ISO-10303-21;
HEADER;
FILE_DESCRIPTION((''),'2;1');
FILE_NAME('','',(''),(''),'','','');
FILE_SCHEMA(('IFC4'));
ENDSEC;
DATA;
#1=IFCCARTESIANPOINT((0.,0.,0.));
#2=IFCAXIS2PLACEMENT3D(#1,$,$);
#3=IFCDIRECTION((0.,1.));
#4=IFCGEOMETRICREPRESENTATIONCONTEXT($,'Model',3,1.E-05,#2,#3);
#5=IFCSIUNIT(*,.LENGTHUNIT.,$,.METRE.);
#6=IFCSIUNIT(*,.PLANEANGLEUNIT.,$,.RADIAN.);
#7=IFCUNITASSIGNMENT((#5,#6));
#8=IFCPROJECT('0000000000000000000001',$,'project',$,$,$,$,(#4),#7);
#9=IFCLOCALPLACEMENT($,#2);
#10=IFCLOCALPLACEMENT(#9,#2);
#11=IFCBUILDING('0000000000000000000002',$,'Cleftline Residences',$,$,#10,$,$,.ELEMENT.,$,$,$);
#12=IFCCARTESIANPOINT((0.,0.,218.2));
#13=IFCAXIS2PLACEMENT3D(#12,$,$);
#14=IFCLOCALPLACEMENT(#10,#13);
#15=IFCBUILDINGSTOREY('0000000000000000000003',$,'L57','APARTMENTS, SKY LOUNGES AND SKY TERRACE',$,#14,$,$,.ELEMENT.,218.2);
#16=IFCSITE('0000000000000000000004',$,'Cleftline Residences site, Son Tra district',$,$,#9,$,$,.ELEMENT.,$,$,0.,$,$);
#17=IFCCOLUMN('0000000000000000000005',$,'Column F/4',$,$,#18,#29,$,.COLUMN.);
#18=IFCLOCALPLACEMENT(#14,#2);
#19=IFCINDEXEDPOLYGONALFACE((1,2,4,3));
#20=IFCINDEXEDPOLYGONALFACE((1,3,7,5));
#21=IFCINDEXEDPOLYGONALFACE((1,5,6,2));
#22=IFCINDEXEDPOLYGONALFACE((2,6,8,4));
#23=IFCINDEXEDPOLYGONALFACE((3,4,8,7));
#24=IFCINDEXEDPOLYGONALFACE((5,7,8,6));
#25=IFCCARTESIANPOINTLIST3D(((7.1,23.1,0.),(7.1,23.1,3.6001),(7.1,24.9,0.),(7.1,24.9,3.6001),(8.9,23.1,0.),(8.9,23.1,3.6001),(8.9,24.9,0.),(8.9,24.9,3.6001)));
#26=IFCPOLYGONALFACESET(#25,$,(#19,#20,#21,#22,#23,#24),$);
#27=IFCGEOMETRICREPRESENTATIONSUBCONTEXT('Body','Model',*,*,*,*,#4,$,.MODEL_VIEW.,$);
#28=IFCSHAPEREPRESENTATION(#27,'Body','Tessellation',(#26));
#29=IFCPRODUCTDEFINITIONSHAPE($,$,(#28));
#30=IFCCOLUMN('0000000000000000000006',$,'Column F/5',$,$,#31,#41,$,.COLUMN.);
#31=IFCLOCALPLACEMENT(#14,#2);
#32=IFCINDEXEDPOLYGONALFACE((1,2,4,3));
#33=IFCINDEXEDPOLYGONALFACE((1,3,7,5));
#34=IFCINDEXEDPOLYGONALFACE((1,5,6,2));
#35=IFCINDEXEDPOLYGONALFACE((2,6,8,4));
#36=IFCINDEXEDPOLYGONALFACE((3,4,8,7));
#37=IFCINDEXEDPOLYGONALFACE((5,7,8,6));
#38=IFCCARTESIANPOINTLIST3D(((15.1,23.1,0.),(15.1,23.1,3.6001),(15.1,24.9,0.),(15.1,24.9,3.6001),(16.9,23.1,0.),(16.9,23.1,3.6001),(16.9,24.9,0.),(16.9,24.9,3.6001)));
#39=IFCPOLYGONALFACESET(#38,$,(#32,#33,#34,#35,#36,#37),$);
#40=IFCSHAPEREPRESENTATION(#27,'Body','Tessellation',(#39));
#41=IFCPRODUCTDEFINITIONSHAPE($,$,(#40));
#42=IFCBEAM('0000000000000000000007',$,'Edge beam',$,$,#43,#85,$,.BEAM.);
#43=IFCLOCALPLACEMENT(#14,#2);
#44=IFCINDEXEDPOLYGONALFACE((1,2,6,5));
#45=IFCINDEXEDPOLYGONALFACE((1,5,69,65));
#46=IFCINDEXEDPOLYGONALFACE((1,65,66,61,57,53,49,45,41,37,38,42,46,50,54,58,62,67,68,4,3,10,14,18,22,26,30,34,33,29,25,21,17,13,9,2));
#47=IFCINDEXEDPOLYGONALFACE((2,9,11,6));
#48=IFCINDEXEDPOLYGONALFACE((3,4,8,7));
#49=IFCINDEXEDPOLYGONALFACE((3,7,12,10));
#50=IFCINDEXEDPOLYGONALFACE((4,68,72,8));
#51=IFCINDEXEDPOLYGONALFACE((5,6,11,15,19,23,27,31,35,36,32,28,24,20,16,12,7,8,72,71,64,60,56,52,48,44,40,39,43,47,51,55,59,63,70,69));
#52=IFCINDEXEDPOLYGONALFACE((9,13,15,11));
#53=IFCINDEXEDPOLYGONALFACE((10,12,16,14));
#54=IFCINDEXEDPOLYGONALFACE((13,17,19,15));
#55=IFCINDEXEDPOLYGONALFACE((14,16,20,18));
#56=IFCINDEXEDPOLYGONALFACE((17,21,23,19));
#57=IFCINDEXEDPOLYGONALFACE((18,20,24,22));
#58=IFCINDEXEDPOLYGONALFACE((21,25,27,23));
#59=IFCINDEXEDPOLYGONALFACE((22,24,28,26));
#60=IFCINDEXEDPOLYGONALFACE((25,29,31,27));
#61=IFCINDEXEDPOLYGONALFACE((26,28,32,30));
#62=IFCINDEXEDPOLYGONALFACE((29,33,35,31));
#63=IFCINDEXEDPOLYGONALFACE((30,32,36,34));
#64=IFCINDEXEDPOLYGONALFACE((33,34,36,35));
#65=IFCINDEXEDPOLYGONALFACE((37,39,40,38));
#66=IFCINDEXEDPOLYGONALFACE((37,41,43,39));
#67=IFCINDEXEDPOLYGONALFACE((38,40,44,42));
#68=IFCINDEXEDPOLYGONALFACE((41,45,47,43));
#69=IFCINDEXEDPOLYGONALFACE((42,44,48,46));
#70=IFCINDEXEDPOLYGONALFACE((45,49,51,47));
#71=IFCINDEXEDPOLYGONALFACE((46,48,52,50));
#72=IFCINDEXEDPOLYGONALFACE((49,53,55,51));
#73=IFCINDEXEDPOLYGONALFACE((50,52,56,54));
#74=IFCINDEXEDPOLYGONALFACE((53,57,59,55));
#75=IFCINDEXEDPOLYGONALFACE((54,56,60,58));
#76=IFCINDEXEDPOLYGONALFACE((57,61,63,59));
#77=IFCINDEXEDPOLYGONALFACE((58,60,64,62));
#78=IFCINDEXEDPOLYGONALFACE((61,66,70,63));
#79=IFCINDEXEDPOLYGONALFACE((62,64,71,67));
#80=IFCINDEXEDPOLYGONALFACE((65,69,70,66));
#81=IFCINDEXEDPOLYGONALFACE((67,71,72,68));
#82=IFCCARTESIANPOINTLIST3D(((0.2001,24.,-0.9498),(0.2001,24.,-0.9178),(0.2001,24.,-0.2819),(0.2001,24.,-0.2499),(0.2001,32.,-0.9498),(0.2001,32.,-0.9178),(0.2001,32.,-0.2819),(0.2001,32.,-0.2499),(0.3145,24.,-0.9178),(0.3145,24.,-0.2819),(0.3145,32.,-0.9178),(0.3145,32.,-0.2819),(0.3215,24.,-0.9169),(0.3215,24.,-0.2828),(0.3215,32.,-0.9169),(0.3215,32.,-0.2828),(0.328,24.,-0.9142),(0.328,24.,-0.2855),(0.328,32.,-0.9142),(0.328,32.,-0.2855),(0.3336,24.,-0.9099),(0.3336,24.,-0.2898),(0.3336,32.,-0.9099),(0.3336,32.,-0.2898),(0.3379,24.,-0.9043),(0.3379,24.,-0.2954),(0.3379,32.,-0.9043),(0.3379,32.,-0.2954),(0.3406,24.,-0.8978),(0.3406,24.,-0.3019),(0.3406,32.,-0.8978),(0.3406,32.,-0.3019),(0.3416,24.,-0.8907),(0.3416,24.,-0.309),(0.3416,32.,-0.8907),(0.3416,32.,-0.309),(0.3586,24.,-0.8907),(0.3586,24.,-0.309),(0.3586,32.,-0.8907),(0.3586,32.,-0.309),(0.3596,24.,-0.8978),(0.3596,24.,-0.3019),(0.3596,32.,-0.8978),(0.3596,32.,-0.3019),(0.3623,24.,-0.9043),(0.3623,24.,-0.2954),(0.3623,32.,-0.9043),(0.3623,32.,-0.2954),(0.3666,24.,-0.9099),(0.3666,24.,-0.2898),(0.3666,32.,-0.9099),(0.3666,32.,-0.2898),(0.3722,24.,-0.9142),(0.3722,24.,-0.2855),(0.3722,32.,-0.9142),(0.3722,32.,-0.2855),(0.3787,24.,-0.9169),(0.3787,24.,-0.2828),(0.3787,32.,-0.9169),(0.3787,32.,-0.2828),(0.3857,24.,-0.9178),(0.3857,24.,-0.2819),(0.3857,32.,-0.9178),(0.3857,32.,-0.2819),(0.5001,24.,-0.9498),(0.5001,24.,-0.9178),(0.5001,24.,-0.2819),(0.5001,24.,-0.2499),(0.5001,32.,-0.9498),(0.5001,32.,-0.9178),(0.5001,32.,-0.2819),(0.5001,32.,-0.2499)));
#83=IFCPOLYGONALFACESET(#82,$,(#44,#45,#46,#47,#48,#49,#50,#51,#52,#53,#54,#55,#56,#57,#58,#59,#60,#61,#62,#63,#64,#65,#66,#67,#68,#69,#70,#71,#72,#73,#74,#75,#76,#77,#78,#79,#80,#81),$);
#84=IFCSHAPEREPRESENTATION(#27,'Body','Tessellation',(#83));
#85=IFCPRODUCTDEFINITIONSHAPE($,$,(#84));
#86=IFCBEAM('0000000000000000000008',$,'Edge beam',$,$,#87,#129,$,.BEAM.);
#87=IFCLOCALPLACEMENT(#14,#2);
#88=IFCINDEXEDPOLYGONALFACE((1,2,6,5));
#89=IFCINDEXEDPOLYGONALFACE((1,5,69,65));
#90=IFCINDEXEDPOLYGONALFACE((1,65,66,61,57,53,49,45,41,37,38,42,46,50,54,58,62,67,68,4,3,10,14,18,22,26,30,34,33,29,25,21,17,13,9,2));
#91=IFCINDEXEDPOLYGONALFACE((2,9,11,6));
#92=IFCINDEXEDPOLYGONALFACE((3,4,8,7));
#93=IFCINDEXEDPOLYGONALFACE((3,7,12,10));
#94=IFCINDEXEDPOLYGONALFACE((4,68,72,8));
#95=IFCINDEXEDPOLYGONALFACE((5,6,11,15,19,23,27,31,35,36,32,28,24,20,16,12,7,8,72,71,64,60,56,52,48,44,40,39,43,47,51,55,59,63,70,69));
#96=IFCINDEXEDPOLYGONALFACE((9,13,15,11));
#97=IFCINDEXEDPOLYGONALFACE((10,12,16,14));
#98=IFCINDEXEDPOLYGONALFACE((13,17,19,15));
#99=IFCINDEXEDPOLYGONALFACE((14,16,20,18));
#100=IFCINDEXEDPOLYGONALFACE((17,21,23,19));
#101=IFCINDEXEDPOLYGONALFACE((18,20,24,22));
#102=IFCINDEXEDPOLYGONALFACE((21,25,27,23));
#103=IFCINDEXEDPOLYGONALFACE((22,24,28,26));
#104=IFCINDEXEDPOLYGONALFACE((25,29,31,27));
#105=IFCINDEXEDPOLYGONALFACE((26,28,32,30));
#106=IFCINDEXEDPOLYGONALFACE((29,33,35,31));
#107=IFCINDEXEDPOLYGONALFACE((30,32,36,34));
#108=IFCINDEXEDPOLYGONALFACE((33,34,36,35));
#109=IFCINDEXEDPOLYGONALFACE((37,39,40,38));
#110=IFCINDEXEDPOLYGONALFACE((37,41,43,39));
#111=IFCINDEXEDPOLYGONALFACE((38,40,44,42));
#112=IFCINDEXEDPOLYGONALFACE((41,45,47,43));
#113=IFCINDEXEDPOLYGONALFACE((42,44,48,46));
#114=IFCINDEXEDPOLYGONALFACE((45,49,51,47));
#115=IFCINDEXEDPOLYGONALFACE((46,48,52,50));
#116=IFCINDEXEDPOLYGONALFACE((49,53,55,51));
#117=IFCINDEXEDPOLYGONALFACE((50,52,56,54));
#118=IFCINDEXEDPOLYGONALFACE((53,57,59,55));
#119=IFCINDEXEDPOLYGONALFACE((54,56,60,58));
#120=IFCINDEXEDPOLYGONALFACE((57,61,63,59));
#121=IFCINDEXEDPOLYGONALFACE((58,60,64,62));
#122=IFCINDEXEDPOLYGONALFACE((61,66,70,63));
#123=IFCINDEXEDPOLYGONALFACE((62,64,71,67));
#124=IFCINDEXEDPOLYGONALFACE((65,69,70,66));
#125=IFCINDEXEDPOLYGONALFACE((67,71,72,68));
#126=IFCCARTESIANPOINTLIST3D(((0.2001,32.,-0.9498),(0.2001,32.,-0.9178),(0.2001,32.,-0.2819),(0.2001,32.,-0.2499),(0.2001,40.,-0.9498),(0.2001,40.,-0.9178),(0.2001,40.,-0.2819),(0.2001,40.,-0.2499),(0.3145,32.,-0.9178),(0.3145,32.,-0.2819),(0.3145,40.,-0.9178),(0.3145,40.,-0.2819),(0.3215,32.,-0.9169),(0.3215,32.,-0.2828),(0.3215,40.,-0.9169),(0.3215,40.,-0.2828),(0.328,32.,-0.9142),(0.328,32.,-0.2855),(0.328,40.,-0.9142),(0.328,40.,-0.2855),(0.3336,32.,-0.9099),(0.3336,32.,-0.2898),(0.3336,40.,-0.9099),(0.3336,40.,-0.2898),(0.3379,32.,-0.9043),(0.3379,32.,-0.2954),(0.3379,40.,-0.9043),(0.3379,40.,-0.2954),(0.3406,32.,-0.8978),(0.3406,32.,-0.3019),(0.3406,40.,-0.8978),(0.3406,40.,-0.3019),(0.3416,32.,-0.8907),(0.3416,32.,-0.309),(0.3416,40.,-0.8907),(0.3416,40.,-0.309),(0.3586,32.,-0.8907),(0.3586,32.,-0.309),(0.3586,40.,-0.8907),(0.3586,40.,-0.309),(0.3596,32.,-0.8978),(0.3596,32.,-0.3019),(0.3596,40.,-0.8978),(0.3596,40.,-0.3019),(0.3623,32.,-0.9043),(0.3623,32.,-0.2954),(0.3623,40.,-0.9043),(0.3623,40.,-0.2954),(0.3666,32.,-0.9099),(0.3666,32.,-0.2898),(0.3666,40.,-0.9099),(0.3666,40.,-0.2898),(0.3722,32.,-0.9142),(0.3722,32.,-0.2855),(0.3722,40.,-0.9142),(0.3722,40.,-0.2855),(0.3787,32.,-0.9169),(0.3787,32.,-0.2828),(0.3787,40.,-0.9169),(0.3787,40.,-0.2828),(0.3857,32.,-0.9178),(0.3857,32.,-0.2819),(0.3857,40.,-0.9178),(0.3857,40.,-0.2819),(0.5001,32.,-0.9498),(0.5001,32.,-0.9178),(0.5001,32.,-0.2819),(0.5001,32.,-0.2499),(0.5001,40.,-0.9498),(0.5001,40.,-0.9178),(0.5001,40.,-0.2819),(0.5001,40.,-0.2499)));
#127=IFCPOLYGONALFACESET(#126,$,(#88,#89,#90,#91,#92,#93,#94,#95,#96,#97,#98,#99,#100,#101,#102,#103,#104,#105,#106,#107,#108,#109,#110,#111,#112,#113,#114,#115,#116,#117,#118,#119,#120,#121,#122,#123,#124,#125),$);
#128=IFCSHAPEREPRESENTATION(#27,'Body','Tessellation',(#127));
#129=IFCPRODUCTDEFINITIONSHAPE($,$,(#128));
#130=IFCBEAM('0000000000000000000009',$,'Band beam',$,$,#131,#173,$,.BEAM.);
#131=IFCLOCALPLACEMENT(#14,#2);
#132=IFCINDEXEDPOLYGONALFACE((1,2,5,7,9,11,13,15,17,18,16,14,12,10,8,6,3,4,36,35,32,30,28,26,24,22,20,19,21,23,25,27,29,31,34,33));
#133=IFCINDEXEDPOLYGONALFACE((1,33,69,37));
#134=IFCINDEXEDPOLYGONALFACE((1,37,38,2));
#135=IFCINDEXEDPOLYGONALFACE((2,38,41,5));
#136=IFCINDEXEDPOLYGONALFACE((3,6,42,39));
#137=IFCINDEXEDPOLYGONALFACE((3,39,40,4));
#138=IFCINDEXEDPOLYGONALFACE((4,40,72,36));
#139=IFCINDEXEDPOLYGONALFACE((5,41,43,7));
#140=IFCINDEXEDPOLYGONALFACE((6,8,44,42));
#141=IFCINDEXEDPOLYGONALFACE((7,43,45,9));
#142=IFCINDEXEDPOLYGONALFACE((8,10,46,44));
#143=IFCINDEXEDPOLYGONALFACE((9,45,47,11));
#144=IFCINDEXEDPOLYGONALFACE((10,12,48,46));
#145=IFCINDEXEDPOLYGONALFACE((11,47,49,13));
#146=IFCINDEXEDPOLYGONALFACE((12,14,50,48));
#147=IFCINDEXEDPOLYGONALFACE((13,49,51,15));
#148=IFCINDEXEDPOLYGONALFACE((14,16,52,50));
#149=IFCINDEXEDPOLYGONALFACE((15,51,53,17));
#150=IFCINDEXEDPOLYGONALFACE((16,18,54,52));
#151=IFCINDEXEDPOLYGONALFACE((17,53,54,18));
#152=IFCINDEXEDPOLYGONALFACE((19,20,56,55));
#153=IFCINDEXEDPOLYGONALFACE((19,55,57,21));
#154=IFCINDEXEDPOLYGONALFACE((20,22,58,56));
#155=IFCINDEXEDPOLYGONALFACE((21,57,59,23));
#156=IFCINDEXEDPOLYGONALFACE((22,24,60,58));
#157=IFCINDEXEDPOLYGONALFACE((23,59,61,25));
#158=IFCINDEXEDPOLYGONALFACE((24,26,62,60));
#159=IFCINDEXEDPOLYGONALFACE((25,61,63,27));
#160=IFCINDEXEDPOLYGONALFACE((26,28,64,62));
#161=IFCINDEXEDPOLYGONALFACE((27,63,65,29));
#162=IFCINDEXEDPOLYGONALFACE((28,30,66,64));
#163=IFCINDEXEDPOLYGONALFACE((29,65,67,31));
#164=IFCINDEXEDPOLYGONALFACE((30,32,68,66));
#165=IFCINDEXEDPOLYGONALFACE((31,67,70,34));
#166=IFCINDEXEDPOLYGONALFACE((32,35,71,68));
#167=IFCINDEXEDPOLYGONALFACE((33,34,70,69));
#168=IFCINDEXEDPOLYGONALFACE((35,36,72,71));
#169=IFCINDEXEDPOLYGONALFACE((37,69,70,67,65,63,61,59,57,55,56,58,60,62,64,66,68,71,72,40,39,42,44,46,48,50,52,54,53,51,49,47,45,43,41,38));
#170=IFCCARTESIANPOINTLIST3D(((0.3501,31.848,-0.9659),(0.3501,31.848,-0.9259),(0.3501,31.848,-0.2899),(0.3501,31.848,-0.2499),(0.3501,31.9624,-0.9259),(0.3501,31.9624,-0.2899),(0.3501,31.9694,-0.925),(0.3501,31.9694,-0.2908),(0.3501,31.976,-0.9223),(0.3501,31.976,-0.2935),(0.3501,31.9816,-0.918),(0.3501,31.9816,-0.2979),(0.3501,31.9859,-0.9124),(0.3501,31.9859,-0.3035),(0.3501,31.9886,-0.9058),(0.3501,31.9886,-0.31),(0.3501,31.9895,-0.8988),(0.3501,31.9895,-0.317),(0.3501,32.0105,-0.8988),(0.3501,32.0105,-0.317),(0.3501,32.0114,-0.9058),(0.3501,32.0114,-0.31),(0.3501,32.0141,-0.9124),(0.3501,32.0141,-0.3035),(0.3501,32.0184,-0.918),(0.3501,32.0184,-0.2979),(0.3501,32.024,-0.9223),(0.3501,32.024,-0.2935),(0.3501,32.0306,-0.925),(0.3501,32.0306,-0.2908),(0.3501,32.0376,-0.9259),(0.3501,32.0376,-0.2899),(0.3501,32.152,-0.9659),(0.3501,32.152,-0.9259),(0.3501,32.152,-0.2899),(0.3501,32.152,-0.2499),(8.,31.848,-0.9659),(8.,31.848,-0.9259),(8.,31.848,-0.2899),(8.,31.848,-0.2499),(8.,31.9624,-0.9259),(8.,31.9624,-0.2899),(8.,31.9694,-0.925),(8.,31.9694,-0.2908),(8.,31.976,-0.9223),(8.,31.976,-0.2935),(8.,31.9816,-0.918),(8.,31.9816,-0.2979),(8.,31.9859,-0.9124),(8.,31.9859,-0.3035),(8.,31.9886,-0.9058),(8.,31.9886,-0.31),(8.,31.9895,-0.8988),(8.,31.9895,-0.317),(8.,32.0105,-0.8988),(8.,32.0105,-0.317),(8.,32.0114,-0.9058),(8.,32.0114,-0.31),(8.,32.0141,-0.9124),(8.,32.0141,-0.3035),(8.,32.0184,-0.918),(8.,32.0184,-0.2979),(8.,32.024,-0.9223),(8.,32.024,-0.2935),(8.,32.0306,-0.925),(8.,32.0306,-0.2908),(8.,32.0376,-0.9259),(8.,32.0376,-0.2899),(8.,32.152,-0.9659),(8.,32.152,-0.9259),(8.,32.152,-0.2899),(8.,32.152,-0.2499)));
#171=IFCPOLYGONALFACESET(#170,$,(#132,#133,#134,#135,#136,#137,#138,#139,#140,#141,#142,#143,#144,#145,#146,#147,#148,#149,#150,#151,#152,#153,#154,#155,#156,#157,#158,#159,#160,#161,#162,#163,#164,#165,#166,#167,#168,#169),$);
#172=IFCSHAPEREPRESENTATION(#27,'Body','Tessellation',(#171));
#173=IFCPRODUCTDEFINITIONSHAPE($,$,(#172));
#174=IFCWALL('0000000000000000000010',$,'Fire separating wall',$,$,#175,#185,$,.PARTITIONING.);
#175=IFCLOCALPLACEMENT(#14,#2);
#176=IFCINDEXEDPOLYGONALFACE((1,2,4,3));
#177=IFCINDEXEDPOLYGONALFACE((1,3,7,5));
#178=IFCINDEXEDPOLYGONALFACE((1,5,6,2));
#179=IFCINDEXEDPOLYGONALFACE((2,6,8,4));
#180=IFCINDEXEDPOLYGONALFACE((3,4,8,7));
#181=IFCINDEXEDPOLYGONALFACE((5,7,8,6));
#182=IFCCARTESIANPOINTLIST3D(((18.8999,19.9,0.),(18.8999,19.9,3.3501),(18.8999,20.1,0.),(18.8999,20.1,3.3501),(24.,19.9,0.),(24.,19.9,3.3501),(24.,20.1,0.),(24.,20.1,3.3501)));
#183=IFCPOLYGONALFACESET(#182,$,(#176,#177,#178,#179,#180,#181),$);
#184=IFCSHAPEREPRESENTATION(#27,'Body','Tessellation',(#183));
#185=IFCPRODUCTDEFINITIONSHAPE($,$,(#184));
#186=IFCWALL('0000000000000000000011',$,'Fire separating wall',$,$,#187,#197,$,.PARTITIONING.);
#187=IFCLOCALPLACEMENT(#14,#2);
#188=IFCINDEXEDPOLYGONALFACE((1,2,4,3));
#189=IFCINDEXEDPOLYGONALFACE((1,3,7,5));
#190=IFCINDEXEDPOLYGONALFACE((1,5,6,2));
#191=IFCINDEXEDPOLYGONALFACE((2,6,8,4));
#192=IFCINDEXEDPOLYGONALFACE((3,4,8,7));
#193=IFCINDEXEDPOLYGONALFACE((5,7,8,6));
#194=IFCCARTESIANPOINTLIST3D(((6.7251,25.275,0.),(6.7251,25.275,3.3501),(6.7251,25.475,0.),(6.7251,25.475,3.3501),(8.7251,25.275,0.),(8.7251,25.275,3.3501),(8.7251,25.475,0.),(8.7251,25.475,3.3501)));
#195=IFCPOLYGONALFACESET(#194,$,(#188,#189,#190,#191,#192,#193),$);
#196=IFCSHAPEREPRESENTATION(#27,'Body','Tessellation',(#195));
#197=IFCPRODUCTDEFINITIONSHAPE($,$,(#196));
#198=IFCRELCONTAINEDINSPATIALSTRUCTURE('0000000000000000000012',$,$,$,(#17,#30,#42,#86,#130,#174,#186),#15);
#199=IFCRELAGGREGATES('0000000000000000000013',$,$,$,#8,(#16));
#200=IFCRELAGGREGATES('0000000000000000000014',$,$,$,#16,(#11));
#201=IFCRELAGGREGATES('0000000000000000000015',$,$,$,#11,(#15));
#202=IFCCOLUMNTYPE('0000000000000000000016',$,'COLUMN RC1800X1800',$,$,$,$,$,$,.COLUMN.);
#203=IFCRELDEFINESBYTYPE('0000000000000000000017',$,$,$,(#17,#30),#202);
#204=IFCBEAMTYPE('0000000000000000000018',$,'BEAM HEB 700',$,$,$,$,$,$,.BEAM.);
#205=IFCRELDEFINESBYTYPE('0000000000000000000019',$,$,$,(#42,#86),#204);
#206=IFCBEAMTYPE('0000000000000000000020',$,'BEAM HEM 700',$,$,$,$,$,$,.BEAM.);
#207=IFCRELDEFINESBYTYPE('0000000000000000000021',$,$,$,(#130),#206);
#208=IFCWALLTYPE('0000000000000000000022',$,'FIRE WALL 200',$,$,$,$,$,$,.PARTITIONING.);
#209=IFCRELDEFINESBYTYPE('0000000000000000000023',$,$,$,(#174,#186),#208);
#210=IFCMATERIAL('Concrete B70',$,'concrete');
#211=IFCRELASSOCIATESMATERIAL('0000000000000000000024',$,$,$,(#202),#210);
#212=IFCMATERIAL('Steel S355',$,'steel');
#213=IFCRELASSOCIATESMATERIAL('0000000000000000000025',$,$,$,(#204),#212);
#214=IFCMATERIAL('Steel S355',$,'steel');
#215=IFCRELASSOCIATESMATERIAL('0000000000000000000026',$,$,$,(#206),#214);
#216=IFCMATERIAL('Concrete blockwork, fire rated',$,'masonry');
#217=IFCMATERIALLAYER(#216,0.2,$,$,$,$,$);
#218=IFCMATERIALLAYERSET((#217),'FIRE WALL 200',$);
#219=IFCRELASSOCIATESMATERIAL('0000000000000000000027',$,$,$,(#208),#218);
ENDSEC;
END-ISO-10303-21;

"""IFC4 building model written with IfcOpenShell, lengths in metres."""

from ifc_helpers import new_model, si_unit, direction, frame, frame_2d, origin, origin_2d, place, context, subcontext, project, spatial, rectangle, i_section, extrude, material, layer, layer_set, material_profile, profile_set, type_object, element, save


model = new_model("IFC4")

# Units and contexts
model_context = context("Model", 3, precision=1e-05, world=origin(), true_north=direction((0.0, 1.0)))
body_context = subcontext(model_context, "Body", "Model", "MODEL_VIEW")
ifc_project = project(units=[si_unit("LENGTHUNIT", "METRE"), si_unit("PLANEANGLEUNIT", "RADIAN")], contexts=[model_context])

# Site, building, storey
site_placement = place(None, origin())
site = spatial("IfcSite", under=ifc_project, at=site_placement, Name="Cleftline Residences site, Son Tra district", CompositionType="ELEMENT", RefElevation=0.0)
building_placement = place(site_placement, origin())
building = spatial("IfcBuilding", under=site, at=building_placement, Name="Cleftline Residences", CompositionType="ELEMENT")
storey_placement = place(building_placement, frame((0.0, 0.0, 218.2)))
storey = spatial("IfcBuildingStorey", under=building, at=storey_placement, Name="L57", Description="APARTMENTS, SKY LOUNGES AND SKY TERRACE", CompositionType="ELEMENT", Elevation=218.2)

# Columns
ifc_material_1 = material(Name="Concrete B70", Category="concrete")
ifc_material_profile_1 = material_profile(ifc_material_1, rectangle(XDim=1.8, YDim=1.8, at=origin_2d()))
ifc_profile_set_1 = profile_set([ifc_material_profile_1], Name="Concrete B70")
column_type = type_object("IfcColumnType", Name="COLUMN RC1800X1800", PredefinedType="COLUMN", material=ifc_profile_set_1)
for number, where, z_axis, x_axis, name in (
    (1, (8.0, 24.0, 0.0), (0.0, 0.0, 1.0), (1.0, 0.0, 0.0), "Column F/4"),
    (2, (16.0, 24.0, 0.0), (0.0, 0.0, 1.0), (1.0, 0.0, 0.0), "Column F/5"),
):
    element("IfcColumn", number, at=place(storey_placement, frame(where, z_axis=z_axis, x_axis=x_axis)), inside=storey, type_object=column_type, Name=name, PredefinedType="COLUMN", context=body_context, shape_type="SweptSolid", body=[
        extrude(rectangle(XDim=1.8, YDim=1.8, at=origin_2d()), origin(), (0.0, 0.0, 1.0), 3.6001),
    ])

# Beams
ifc_material_2 = material(Name="Steel S355", Category="steel")
ifc_material_profile_2 = material_profile(ifc_material_2, i_section(OverallWidth=0.3, OverallDepth=0.7, WebThickness=0.0171, FlangeThickness=0.032, FilletRadius=0.0271, at=origin_2d()))
ifc_profile_set_2 = profile_set([ifc_material_profile_2], Name="Steel S355")
beam_type_1 = type_object("IfcBeamType", Name="BEAM HEB 700", PredefinedType="BEAM", material=ifc_profile_set_2)
for number, where, z_axis, x_axis, name in (
    (3, (0.3501, 24.0, -0.5999), (0.0, 1.0, 0.0), (-1.0, 0.0, 0.0), "Edge beam"),
    (4, (0.3501, 32.0, -0.5999), (0.0, 1.0, 0.0), (-1.0, 0.0, 0.0), "Edge beam"),
):
    element("IfcBeam", number, at=place(storey_placement, frame(where, z_axis=z_axis, x_axis=x_axis)), inside=storey, type_object=beam_type_1, Name=name, PredefinedType="BEAM", context=body_context, shape_type="SweptSolid", body=[
        extrude(i_section(OverallWidth=0.3, OverallDepth=0.7, WebThickness=0.0171, FlangeThickness=0.032, FilletRadius=0.0271, at=origin_2d()), origin(), (0.0, 0.0, 1.0), 8.0),
    ])
ifc_material_3 = material(Name="Steel S355", Category="steel")
ifc_material_profile_3 = material_profile(ifc_material_3, i_section(OverallWidth=0.304, OverallDepth=0.7161, WebThickness=0.021, FlangeThickness=0.04, FilletRadius=0.0271, at=origin_2d()))
ifc_profile_set_3 = profile_set([ifc_material_profile_3], Name="Steel S355")
beam_type_2 = type_object("IfcBeamType", Name="BEAM HEM 700", PredefinedType="BEAM", material=ifc_profile_set_3)
beam_placement = place(storey_placement, frame((0.3501, 32.0, -0.6079), z_axis=(1.0, 0.0, 0.0), x_axis=(0.0, 1.0, 0.0)))
element("IfcBeam", 5, at=beam_placement, inside=storey, type_object=beam_type_2, Name="Band beam", PredefinedType="BEAM", context=body_context, shape_type="SweptSolid", body=[
    extrude(i_section(OverallWidth=0.304, OverallDepth=0.7161, WebThickness=0.021, FlangeThickness=0.04, FilletRadius=0.0271, at=origin_2d()), origin(), (0.0, 0.0, 1.0), 7.6499),
])

# Walls
ifc_material_4 = material(Name="Concrete blockwork, fire rated", Category="masonry")
ifc_layer_1 = layer(ifc_material_4, 0.2)
ifc_layer_set_1 = layer_set([ifc_layer_1], Name="FIRE WALL 200")
wall_type_1 = type_object("IfcWallType", Name="FIRE WALL 200", PredefinedType="PARTITIONING", material=ifc_layer_set_1)
wall_1_placement = place(storey_placement, frame((18.8999, 20.0, 0.0), z_axis=(0.0, 0.0, 1.0), x_axis=(1.0, 0.0, 0.0)))
element("IfcWall", 6, at=wall_1_placement, inside=storey, type_object=wall_type_1, Name="Fire separating wall", PredefinedType="PARTITIONING", context=body_context, shape_type="SweptSolid", body=[
    extrude(rectangle(XDim=5.1001, YDim=0.2, at=frame_2d((2.55, 0.0))), origin(), (0.0, 0.0, 1.0), 3.3501),
])
wall_2_placement = place(storey_placement, frame((6.7251, 25.375, 0.0), z_axis=(0.0, 0.0, 1.0), x_axis=(1.0, 0.0, 0.0)))
element("IfcWall", 7, at=wall_2_placement, inside=storey, type_object=wall_type_1, Name="Fire separating wall", PredefinedType="PARTITIONING", context=body_context, shape_type="SweptSolid", body=[
    extrude(rectangle(XDim=2.0, YDim=0.2, at=frame_2d((1.0, 0.0))), origin(), (0.0, 0.0, 1.0), 3.3501),
])

save(model, "model.ifc")
